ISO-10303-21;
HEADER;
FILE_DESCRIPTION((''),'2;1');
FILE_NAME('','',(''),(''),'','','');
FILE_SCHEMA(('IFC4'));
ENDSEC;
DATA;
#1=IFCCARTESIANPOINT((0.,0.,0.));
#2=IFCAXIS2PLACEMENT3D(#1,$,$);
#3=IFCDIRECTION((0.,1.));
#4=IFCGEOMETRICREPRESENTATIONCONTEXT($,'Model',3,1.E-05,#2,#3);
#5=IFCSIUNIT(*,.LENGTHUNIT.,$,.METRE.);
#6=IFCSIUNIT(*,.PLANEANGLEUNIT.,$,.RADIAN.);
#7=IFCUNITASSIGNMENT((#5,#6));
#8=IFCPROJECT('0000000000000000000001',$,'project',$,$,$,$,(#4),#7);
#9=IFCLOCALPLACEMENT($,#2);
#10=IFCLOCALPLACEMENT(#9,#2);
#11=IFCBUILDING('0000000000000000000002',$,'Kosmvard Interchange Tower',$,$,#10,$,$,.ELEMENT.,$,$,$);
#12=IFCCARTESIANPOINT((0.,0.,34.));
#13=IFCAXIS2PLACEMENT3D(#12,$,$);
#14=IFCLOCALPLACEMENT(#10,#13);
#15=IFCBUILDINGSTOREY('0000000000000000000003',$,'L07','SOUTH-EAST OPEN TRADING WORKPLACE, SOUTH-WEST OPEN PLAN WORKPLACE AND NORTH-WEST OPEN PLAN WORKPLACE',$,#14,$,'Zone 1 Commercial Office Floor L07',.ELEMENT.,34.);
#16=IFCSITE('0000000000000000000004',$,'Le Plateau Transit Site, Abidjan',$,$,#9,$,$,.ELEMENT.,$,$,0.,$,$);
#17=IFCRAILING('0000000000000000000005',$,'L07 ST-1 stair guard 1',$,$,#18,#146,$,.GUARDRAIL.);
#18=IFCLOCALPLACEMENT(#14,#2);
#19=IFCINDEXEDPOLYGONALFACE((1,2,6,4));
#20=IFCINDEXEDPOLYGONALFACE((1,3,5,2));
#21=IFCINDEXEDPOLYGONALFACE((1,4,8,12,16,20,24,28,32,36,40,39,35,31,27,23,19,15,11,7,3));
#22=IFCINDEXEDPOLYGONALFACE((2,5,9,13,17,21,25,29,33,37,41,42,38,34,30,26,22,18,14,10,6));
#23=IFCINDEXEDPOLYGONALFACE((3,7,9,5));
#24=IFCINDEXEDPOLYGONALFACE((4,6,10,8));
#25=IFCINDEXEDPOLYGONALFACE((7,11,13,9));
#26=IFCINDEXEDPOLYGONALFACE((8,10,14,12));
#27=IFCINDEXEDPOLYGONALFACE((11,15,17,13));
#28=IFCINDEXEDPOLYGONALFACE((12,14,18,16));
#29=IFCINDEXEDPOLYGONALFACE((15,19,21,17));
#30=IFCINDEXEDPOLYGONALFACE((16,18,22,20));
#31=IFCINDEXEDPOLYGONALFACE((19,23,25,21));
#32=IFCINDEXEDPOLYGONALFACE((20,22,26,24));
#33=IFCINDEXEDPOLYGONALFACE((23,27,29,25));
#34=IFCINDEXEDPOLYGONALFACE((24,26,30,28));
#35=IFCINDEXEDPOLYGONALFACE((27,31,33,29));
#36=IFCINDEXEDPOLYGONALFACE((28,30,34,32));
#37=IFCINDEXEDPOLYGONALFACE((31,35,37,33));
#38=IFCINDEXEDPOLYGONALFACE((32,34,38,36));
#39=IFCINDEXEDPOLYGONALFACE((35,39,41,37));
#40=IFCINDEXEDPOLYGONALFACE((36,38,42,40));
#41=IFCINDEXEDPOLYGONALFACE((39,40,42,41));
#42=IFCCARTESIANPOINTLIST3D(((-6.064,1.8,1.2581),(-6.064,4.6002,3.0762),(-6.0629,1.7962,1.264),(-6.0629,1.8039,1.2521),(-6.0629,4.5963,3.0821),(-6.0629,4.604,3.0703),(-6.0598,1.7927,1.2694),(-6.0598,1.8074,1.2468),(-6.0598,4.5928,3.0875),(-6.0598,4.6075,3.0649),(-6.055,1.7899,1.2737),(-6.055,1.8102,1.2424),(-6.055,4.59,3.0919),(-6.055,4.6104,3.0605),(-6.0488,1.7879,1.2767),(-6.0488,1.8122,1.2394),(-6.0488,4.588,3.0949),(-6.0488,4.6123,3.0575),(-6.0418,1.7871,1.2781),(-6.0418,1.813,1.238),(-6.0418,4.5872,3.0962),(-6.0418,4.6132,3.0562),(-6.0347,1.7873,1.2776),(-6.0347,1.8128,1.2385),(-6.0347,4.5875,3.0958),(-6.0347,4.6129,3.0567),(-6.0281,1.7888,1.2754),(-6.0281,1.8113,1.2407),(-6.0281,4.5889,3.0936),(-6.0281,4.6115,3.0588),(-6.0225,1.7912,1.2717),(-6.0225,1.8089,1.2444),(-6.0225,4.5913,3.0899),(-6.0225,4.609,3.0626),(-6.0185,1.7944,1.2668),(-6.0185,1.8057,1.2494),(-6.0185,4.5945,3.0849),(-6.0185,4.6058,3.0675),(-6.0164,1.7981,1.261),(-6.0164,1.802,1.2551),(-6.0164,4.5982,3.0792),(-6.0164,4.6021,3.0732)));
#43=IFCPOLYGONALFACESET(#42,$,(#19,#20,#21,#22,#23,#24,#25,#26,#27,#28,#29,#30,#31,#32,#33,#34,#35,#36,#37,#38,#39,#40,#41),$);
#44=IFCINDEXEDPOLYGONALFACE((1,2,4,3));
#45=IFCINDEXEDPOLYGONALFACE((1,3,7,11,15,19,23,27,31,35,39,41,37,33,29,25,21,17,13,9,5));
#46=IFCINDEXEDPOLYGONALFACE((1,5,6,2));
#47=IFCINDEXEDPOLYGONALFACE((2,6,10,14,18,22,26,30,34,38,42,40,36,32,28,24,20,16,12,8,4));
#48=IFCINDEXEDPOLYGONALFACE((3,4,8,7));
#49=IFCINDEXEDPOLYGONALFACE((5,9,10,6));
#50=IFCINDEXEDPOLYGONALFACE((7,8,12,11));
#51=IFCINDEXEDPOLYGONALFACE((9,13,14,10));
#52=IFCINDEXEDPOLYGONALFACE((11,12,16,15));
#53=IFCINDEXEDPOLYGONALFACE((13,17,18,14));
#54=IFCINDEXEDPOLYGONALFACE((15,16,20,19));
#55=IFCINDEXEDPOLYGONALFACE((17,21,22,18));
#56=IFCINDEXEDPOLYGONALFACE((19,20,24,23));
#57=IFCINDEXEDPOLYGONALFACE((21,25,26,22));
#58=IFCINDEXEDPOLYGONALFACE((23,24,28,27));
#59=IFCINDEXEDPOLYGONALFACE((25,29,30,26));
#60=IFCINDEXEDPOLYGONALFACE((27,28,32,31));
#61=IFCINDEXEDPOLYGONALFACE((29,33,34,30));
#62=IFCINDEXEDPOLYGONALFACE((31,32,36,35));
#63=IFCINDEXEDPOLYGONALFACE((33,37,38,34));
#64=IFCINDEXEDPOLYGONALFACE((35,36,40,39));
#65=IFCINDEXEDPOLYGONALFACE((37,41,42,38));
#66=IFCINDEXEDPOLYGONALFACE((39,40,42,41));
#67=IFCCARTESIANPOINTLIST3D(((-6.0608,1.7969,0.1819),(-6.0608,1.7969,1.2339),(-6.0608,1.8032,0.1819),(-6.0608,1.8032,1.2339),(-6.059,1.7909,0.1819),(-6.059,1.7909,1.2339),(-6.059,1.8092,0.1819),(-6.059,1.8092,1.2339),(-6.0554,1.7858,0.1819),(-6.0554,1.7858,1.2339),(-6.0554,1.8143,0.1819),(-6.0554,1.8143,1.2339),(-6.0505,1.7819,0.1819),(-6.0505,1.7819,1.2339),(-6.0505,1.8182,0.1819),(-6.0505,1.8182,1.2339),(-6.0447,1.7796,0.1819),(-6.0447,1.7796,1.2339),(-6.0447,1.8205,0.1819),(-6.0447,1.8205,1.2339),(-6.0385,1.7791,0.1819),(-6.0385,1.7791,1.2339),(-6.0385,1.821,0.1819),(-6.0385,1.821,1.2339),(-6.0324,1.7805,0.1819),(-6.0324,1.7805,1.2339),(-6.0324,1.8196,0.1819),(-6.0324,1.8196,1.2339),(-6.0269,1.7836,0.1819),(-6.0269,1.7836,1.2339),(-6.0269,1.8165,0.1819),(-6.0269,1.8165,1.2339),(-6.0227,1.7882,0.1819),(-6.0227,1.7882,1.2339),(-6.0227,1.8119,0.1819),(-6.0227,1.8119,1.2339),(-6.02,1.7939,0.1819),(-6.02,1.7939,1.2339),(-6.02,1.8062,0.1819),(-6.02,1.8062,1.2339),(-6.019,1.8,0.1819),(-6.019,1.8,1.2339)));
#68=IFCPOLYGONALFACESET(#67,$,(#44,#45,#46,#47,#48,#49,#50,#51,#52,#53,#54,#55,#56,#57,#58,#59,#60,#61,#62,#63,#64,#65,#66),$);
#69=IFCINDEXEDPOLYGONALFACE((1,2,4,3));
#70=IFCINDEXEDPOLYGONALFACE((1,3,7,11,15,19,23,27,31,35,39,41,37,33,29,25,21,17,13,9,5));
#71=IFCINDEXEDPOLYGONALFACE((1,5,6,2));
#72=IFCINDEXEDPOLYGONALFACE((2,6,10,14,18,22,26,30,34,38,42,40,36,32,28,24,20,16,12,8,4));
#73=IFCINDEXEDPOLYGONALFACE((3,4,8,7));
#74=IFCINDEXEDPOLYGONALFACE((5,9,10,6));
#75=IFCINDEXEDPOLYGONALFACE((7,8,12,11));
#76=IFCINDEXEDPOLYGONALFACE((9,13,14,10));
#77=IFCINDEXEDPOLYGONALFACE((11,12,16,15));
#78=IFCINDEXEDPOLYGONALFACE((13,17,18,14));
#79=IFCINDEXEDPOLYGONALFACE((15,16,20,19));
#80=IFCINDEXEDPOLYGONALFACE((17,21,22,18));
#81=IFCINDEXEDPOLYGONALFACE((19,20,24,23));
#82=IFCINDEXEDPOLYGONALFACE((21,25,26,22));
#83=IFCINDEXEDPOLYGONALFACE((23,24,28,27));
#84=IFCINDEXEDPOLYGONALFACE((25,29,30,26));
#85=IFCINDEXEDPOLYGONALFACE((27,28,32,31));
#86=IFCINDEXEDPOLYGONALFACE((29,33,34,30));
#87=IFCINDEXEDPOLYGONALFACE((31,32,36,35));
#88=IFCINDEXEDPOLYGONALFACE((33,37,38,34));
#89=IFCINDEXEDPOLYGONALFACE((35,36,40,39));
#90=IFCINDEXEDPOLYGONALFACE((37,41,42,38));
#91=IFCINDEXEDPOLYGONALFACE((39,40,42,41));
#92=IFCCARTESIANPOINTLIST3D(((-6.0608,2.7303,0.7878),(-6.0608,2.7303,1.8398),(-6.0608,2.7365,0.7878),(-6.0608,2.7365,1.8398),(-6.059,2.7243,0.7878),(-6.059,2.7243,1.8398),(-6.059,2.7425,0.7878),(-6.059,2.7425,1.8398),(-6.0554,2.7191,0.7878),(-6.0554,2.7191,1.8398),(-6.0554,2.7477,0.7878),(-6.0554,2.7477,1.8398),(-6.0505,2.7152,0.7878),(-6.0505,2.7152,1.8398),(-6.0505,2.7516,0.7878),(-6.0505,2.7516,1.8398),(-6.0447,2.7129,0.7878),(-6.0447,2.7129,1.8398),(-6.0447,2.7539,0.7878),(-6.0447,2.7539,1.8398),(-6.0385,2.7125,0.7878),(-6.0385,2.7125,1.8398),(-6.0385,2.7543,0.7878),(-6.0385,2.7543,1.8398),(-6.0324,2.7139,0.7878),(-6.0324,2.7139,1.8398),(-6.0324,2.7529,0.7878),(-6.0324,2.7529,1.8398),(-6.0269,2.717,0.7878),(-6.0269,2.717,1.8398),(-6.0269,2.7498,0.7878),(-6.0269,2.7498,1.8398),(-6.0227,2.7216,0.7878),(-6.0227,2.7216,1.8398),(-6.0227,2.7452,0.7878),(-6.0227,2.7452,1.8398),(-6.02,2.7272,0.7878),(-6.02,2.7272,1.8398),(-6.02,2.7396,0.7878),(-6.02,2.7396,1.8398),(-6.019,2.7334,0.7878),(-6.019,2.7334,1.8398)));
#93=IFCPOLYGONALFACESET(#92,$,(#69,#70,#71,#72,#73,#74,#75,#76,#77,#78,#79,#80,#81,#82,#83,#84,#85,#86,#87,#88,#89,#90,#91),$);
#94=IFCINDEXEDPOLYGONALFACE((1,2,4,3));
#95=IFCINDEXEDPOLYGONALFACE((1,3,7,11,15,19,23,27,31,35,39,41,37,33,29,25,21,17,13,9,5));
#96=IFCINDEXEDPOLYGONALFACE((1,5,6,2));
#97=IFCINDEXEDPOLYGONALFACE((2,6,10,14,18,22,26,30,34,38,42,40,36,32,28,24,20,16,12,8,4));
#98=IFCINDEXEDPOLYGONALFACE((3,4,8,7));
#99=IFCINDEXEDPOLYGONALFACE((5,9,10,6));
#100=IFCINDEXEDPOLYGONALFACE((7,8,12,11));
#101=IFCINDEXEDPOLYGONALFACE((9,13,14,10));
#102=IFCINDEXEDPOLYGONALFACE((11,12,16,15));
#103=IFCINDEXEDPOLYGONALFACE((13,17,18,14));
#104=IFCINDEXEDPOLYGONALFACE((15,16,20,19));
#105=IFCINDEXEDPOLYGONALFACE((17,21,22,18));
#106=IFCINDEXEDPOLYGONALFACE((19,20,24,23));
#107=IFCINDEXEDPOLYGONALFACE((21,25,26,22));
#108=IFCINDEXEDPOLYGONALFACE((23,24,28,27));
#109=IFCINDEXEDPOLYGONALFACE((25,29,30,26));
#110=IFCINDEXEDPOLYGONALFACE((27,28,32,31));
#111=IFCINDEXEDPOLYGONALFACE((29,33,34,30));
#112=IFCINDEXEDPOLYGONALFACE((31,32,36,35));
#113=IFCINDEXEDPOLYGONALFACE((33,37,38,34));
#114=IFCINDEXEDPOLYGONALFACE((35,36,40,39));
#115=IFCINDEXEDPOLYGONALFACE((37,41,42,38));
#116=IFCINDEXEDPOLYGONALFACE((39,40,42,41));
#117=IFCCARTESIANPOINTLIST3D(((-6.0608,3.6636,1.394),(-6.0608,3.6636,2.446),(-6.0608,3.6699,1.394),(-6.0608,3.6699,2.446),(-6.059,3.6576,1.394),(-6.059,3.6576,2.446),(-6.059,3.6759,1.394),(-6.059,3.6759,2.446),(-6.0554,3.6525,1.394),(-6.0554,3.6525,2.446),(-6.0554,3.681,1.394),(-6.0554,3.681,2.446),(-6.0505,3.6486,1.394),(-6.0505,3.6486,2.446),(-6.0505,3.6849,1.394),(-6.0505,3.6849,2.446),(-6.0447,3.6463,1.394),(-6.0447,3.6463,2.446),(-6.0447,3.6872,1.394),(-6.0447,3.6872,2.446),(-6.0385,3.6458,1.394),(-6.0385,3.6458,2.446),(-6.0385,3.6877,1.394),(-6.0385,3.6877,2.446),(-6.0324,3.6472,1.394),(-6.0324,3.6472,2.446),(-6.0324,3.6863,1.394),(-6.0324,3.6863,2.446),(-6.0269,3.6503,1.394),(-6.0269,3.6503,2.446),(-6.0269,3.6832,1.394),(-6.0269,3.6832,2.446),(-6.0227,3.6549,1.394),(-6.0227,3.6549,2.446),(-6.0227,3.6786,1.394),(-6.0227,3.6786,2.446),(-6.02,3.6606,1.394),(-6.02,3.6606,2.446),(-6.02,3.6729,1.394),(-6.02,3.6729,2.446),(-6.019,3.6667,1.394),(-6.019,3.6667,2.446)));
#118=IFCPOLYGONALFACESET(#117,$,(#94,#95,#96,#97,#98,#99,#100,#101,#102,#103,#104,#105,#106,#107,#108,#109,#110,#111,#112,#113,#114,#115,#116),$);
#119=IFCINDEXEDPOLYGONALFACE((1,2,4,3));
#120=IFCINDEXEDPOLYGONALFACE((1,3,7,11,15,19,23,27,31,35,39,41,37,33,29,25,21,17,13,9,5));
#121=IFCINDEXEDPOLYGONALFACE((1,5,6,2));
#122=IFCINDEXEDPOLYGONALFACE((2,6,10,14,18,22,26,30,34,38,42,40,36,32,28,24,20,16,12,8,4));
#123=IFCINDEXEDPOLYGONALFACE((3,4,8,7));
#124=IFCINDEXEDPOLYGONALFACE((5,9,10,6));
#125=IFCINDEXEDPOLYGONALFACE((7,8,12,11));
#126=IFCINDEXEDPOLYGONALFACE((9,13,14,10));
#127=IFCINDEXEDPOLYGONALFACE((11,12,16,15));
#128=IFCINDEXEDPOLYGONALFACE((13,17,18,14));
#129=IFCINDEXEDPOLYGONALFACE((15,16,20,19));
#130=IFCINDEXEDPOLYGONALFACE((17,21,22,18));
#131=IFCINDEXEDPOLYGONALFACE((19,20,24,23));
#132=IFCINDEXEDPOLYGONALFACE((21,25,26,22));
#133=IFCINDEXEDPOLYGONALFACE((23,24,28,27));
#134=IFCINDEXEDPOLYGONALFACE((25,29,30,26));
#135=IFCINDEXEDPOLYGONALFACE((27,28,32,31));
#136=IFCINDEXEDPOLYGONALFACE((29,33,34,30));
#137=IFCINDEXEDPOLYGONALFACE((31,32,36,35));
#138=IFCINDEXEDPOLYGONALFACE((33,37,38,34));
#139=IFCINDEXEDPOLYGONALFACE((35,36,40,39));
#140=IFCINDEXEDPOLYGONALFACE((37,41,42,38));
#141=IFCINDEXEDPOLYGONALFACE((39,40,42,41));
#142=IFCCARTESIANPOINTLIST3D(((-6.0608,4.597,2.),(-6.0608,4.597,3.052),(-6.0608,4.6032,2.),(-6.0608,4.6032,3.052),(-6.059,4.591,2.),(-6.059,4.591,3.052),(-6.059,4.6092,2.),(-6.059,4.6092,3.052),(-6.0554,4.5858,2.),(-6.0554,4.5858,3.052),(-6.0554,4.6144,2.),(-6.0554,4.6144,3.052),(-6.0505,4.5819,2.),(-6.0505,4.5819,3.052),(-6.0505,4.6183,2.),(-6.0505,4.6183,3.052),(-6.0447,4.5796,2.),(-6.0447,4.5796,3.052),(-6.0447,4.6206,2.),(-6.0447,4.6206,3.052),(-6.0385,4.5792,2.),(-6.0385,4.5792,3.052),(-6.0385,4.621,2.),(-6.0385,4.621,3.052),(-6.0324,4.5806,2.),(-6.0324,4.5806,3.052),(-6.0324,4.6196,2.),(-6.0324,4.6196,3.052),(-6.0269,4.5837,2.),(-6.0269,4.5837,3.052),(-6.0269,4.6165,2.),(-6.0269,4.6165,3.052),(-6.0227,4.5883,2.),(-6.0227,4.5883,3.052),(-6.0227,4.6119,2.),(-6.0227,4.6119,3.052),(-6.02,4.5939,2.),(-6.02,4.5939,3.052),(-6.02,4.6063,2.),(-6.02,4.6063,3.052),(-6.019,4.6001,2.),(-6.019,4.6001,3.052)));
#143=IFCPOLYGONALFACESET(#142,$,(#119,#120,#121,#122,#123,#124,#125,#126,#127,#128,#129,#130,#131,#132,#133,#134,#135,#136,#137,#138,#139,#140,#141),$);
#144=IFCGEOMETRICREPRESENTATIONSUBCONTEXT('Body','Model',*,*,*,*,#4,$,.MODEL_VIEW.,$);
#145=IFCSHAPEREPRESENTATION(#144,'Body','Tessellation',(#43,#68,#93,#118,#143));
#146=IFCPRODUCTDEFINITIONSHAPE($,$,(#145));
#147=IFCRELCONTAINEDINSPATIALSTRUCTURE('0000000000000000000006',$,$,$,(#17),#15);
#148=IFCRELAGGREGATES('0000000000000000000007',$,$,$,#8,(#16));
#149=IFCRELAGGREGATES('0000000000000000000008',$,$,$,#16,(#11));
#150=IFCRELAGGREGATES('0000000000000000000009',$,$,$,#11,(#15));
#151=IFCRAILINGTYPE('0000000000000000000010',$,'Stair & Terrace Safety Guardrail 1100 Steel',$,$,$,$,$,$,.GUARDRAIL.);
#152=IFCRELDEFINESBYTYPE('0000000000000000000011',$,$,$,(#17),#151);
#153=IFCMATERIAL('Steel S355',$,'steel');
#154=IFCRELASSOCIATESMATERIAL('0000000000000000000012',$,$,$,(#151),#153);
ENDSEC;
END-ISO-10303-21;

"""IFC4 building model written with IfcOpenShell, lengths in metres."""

from ifc_helpers import new_model, si_unit, direction, frame, origin, origin_2d, place, context, subcontext, project, spatial, circle, extrude, source, transform, mapped, material, type_object, element, save


model = new_model("IFC4")

# Units and contexts
model_context = context("Model", 3, precision=1e-05, world=origin(), true_north=direction((0.0, 1.0)))
body_context = subcontext(model_context, "Body", "Model", "MODEL_VIEW")
ifc_project = project(units=[si_unit("LENGTHUNIT", "METRE"), si_unit("PLANEANGLEUNIT", "RADIAN")], contexts=[model_context])

# Site, building, storey
site_placement = place(None, origin())
site = spatial("IfcSite", under=ifc_project, at=site_placement, Name="Le Plateau Transit Site, Abidjan", CompositionType="ELEMENT", RefElevation=0.0)
building_placement = place(site_placement, origin())
building = spatial("IfcBuilding", under=site, at=building_placement, Name="Kosmvard Interchange Tower", CompositionType="ELEMENT")
storey_placement = place(building_placement, frame((0.0, 0.0, 34.0)))
storey = spatial("IfcBuildingStorey", under=building, at=storey_placement, Name="L07", Description="SOUTH-EAST OPEN TRADING WORKPLACE, SOUTH-WEST OPEN PLAN WORKPLACE AND NORTH-WEST OPEN PLAN WORKPLACE", LongName="Zone 1 Commercial Office Floor L07", CompositionType="ELEMENT", Elevation=34.0)

# Shared definitions
ifc_material_1 = material(Name="Steel S355", Category="steel")

# Railing
railing_type_1 = type_object("IfcRailingType", Name="Stair & Terrace Safety Guardrail 1100 Steel", PredefinedType="GUARDRAIL", material=ifc_material_1)
shared_shape_1 = source(origin(), body_context, "Body", "SweptSolid", [
    extrude(circle(Radius=0.0239, at=origin_2d()), frame((0.0, 0.0, 1.0762), z_axis=(0.0, 0.838706, 0.544585), x_axis=(-1.0, 0.0, 0.0)), (0.0, 0.0, 1.0), 3.3386),
    extrude(circle(Radius=0.021, at=origin_2d()), origin(), (0.0, 0.0, 1.0), 1.052),
    extrude(circle(Radius=0.021, at=origin_2d()), frame((0.0, 0.9333, 0.606)), (0.0, 0.0, 1.0), 1.052),
    extrude(circle(Radius=0.021, at=origin_2d()), frame((0.0, 1.8667, 1.2122)), (0.0, 0.0, 1.0), 1.052),
    extrude(circle(Radius=0.021, at=origin_2d()), frame((0.0, 2.8, 1.8181)), (0.0, 0.0, 1.0), 1.052),
])
railing_1_placement = place(storey_placement, frame((-6.04, 1.8, 0.1819)))
element("IfcRailing", 1, at=railing_1_placement, inside=storey, type_object=railing_type_1, Name="L07 ST-1 stair guard 1", PredefinedType="GUARDRAIL", context=body_context, shape_type="MappedRepresentation", body=[
    mapped(shared_shape_1, transform((0.0, 0.0, 0.0), scale=1.0)),
])

save(model, "model.ifc")
